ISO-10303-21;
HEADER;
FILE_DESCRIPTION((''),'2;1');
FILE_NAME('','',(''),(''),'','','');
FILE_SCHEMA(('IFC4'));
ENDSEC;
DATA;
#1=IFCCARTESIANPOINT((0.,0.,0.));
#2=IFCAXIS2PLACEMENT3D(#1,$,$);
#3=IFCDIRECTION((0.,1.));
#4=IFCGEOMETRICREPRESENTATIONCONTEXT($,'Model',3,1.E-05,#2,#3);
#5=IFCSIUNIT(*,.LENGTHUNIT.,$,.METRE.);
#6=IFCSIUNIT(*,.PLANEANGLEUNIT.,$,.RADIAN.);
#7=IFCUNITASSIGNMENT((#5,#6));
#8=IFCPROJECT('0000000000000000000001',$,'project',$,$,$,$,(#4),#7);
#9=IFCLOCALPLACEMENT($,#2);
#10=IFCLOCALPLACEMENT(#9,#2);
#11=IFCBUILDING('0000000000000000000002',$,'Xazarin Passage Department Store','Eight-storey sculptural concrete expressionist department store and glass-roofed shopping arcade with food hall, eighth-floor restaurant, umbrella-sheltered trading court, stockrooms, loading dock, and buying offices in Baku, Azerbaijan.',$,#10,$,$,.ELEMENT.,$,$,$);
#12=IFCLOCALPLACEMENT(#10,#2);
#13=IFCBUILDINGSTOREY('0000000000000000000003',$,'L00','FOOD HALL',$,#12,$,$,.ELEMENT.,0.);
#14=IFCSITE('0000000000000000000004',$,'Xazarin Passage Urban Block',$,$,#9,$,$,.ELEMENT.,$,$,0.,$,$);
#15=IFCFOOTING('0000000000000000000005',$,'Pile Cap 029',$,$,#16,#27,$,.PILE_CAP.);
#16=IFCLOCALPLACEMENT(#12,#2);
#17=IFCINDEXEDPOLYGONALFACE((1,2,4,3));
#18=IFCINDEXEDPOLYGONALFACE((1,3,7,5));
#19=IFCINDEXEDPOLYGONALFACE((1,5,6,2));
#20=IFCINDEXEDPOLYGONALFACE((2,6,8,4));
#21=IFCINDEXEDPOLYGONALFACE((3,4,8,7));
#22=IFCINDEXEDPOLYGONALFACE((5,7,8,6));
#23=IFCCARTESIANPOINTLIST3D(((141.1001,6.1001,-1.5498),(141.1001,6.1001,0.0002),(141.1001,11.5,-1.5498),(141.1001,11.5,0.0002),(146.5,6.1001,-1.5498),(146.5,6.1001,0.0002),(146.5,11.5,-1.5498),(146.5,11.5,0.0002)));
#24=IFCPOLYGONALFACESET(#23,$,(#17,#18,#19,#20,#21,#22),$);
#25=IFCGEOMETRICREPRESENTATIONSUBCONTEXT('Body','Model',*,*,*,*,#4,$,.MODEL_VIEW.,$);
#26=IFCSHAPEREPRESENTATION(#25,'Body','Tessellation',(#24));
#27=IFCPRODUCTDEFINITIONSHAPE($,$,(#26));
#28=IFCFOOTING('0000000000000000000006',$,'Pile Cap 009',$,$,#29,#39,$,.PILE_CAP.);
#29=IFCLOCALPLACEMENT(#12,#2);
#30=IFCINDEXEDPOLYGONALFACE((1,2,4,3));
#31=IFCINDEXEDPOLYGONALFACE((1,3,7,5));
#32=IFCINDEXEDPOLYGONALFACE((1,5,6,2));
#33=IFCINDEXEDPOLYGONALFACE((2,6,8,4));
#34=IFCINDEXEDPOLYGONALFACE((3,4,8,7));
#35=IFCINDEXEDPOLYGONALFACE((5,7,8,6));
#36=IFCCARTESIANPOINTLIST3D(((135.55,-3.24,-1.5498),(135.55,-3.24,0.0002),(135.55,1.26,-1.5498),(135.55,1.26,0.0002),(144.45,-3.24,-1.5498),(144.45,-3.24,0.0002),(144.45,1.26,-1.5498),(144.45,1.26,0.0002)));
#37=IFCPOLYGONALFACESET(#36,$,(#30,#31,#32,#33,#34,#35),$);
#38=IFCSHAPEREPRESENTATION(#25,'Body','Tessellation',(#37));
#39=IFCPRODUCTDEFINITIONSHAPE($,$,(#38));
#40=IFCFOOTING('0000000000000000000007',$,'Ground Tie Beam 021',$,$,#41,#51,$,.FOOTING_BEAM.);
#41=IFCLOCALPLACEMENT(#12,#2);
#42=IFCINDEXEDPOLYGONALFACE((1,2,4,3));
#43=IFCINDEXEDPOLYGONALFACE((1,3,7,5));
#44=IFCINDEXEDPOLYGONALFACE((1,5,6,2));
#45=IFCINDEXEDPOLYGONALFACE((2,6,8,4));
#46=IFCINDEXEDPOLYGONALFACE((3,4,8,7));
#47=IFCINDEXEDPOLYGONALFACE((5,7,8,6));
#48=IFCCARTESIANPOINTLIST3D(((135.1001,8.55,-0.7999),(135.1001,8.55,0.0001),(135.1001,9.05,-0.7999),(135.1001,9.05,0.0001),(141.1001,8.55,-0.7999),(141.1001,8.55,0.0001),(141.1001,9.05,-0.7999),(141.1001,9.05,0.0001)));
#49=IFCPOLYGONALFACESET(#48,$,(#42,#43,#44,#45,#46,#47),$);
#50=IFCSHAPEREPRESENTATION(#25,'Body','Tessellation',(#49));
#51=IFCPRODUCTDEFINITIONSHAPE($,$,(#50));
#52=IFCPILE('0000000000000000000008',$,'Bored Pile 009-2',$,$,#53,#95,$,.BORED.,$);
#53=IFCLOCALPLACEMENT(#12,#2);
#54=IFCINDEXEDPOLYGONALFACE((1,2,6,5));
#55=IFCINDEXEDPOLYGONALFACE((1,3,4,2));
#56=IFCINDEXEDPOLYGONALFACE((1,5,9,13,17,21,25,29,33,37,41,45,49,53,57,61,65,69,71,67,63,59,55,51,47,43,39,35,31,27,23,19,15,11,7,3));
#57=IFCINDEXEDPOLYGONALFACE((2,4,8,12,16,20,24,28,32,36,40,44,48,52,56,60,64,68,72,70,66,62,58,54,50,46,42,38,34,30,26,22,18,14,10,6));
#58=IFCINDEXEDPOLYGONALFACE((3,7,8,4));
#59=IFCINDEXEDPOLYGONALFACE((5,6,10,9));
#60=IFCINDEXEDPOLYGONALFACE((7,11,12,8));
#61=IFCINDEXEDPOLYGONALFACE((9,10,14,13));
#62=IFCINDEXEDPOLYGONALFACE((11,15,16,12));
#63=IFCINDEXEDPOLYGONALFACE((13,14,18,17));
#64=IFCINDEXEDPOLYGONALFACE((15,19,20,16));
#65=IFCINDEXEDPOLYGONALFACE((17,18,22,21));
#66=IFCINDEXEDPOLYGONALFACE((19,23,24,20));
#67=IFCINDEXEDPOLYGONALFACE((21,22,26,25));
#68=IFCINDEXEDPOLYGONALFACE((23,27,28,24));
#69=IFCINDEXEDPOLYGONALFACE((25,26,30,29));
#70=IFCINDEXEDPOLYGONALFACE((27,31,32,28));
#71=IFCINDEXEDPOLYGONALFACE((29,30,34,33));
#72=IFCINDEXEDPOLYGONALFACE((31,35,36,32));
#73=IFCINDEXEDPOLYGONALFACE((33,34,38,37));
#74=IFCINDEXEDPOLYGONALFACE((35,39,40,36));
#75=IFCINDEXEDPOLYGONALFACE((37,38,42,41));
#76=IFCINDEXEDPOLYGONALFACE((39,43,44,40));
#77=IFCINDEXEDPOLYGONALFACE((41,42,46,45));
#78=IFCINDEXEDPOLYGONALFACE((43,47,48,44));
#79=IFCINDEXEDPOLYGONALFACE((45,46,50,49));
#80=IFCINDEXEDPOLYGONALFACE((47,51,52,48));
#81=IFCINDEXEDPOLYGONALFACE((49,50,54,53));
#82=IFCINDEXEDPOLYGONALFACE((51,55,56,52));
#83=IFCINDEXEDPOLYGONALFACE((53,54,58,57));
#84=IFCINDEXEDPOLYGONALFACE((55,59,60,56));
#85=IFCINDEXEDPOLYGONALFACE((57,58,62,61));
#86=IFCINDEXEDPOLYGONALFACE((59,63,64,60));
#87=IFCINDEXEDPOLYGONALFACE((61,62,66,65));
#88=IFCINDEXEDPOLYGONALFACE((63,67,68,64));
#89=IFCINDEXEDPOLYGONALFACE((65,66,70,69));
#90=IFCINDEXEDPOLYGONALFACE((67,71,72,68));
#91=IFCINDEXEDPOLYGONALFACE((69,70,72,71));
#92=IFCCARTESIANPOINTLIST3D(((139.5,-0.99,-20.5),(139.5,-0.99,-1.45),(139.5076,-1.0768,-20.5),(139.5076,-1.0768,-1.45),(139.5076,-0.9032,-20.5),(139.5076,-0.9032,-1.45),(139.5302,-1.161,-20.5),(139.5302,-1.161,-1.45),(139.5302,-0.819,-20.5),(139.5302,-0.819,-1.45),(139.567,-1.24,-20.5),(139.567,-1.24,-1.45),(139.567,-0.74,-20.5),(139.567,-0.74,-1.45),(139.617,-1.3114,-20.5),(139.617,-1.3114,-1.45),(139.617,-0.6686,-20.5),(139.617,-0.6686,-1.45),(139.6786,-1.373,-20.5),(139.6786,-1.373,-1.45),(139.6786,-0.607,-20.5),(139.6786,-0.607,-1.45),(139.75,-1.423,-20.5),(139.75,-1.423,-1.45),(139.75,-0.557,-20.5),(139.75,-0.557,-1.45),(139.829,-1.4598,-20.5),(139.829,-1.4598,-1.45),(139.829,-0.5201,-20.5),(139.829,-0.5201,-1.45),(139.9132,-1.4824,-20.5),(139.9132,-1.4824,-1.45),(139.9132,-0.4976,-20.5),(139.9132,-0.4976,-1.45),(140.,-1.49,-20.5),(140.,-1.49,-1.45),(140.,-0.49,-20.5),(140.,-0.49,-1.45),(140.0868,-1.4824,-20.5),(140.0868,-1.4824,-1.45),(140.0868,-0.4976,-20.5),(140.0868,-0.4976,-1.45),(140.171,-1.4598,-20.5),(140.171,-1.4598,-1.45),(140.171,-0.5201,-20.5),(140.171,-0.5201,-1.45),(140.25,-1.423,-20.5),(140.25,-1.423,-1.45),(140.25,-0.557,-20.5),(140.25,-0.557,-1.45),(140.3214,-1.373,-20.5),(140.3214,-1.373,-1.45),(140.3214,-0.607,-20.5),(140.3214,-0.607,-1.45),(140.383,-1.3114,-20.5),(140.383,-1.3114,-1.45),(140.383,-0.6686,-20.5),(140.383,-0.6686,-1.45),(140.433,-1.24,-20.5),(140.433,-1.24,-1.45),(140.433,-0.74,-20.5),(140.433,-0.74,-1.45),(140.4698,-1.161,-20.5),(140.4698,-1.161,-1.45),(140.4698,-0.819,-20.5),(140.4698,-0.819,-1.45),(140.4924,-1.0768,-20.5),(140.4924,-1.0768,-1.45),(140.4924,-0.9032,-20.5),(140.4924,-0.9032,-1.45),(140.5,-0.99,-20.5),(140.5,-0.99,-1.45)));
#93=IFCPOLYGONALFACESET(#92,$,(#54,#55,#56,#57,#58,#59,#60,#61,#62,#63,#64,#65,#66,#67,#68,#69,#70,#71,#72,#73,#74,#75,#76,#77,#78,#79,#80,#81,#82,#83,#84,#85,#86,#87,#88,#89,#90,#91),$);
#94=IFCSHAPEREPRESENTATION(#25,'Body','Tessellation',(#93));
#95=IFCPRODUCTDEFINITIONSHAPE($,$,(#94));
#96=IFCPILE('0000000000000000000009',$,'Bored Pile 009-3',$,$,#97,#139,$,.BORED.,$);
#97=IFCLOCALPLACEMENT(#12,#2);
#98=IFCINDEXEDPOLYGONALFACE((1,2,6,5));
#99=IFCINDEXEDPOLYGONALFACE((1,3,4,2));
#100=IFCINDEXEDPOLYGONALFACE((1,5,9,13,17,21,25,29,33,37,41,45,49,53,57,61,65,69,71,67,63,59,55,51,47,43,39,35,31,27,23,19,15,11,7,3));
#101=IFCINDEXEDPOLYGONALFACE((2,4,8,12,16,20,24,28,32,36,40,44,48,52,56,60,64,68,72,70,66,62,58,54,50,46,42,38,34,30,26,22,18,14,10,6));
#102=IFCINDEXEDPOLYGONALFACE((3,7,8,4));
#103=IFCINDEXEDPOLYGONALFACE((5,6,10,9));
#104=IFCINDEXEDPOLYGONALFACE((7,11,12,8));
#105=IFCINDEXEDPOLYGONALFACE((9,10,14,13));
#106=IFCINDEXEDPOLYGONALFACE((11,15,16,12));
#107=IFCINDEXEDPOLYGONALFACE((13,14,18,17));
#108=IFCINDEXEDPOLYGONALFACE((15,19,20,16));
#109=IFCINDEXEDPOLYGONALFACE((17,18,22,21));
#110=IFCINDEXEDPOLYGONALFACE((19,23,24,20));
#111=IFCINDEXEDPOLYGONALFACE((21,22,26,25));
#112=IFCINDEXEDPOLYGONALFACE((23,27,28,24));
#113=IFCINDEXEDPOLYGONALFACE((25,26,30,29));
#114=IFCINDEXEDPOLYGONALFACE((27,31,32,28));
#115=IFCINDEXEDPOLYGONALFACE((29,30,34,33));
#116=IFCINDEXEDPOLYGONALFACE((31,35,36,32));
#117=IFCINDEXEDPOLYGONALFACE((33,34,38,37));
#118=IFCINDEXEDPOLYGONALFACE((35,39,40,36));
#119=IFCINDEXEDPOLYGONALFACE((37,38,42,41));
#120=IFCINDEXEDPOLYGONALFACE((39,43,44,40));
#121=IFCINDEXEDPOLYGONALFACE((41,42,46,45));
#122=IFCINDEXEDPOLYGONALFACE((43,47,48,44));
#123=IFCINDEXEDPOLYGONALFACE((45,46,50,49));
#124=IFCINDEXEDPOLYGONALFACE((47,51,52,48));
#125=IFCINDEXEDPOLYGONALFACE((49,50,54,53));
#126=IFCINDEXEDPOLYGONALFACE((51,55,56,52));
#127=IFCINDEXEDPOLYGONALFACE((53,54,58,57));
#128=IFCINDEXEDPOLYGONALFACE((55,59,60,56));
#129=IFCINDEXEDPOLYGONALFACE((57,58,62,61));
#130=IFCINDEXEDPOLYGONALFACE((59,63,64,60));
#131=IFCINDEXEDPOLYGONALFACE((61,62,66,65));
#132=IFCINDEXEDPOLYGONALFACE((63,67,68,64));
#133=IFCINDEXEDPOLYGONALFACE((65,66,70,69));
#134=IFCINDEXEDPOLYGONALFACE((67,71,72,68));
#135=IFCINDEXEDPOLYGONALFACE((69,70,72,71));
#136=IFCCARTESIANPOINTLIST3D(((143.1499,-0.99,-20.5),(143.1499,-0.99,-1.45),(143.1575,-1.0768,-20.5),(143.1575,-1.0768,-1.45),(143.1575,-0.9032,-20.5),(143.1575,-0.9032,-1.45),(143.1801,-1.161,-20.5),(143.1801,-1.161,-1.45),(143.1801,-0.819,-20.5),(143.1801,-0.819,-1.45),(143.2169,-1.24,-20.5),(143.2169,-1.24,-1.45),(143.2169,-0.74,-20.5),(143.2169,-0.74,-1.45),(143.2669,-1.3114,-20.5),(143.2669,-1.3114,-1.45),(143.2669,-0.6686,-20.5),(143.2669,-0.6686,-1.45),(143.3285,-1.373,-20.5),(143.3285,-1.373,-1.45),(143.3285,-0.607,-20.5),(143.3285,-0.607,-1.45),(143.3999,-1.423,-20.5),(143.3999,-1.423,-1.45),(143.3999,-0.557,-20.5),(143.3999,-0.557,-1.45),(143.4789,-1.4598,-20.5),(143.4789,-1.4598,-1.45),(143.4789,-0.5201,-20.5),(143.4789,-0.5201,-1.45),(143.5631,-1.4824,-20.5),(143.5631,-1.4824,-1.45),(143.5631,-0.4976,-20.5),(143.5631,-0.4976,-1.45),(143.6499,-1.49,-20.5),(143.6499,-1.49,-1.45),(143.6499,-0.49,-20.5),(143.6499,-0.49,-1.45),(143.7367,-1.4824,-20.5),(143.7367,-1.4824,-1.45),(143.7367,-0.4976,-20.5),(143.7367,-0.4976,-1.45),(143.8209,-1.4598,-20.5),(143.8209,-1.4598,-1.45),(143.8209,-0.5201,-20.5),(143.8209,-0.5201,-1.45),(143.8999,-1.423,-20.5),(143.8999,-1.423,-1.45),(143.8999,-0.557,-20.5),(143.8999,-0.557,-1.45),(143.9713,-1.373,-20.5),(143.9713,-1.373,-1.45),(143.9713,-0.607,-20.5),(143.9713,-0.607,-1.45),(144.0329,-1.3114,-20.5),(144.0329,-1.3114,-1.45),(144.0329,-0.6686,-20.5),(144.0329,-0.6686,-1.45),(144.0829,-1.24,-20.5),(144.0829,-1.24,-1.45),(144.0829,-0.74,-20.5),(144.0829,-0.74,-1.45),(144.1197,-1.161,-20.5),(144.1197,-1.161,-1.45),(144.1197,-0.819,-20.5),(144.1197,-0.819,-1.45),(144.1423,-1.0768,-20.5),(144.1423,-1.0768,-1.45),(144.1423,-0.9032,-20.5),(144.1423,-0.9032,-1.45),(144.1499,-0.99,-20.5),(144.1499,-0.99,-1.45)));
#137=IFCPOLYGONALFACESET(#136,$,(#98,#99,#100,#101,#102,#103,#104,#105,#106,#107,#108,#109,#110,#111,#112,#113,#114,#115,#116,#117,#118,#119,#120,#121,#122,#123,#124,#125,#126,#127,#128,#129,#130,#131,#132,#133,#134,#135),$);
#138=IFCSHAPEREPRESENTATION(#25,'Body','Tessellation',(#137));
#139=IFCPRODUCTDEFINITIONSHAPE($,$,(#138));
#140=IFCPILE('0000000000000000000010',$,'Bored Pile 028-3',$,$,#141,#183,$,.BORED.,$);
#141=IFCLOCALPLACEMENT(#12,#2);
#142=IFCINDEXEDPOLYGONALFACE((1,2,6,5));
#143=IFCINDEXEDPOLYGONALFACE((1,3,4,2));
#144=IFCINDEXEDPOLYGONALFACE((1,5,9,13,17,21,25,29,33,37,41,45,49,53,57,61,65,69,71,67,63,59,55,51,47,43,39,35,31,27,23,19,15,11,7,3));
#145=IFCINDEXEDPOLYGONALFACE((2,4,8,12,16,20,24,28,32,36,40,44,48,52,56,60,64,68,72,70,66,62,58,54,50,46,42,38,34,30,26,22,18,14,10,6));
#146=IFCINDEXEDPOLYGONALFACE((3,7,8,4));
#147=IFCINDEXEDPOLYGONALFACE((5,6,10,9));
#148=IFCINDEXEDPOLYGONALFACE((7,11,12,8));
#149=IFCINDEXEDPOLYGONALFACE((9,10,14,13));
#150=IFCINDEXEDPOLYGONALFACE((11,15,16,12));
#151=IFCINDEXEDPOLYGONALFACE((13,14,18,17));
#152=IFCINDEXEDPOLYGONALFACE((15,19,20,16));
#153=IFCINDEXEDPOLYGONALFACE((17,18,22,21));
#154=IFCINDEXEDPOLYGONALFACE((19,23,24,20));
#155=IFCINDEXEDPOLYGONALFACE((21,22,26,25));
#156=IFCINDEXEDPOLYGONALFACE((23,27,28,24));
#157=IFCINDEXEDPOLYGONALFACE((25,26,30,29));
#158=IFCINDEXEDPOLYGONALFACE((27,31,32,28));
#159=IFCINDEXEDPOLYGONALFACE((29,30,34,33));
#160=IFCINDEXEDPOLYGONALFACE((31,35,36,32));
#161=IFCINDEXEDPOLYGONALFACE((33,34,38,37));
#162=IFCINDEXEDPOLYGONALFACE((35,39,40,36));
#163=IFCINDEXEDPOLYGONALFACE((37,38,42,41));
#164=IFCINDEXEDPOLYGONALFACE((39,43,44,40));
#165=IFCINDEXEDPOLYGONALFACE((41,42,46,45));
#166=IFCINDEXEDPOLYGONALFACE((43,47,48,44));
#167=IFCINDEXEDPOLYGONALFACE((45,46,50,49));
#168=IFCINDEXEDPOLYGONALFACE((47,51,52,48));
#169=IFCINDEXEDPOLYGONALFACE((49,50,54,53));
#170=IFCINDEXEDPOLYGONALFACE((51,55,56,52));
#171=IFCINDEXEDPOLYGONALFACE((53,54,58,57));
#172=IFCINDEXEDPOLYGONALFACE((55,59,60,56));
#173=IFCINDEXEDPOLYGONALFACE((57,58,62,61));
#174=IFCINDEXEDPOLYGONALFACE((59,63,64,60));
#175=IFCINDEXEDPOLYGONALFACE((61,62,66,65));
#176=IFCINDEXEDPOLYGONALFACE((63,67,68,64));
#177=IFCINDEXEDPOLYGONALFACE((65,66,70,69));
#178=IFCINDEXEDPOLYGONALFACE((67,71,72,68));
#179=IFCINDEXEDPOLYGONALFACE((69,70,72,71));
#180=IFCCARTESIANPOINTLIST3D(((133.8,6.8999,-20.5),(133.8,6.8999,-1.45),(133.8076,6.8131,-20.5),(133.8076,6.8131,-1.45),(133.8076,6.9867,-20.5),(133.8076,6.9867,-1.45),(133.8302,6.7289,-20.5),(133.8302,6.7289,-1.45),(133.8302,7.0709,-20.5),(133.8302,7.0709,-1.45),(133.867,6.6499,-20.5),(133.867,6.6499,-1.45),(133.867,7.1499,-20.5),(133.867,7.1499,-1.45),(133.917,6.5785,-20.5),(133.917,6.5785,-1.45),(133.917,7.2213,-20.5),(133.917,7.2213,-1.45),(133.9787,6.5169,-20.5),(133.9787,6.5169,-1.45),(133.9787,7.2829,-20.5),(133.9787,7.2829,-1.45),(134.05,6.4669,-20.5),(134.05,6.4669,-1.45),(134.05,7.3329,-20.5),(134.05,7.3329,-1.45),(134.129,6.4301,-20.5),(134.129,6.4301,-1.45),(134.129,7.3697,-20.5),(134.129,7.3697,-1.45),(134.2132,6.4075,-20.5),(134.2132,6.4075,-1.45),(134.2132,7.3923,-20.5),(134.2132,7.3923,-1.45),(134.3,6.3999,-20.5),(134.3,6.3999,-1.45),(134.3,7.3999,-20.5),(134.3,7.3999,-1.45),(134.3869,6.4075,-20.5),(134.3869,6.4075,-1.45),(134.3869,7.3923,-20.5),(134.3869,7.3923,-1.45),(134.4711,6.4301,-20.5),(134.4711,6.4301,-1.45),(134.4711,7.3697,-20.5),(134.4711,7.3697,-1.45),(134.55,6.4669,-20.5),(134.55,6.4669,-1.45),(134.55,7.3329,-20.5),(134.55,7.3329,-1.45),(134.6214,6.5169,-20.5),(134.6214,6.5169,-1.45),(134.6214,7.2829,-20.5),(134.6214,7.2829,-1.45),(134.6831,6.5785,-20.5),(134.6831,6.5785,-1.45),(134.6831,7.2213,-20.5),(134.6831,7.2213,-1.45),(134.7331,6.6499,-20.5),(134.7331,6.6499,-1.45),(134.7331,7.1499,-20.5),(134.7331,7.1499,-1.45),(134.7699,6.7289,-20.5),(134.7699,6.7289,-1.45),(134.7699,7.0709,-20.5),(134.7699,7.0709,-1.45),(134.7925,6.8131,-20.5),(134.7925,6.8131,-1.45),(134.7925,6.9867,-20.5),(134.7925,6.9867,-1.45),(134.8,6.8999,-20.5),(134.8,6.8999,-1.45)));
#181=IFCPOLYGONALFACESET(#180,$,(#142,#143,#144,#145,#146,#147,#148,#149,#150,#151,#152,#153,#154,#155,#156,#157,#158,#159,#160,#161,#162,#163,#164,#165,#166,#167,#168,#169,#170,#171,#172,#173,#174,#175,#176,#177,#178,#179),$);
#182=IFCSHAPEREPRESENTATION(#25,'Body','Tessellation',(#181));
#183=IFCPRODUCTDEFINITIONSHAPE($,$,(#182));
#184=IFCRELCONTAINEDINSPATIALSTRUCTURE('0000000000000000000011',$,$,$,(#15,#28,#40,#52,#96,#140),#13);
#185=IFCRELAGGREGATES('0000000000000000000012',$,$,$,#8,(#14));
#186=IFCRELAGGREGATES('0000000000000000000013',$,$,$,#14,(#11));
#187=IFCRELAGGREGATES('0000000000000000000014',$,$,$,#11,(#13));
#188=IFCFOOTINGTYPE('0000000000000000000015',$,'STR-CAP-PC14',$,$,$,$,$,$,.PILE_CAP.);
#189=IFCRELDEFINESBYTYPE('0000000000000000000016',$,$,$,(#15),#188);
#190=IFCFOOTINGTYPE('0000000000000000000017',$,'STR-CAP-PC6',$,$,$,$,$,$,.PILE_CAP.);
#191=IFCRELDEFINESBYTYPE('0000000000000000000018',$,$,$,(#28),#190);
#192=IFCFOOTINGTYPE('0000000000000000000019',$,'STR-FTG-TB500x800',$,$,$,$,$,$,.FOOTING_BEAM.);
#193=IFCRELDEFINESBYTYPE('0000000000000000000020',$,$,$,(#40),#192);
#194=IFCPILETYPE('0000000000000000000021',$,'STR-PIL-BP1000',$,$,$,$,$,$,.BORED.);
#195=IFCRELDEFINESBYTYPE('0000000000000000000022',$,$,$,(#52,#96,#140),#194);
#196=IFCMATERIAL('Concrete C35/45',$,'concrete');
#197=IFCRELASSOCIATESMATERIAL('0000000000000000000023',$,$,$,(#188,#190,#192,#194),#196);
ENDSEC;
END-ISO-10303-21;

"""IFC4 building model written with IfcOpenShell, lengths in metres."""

from ifc_helpers import new_model, si_unit, direction, frame, origin, origin_2d, place, context, subcontext, project, spatial, rectangle, circle, extrude, material, material_profile, profile_set, type_object, element, save


model = new_model("IFC4")

# Units and contexts
model_context = context("Model", 3, precision=1e-05, world=origin(), true_north=direction((0.0, 1.0)))
body_context = subcontext(model_context, "Body", "Model", "MODEL_VIEW")
ifc_project = project(units=[si_unit("LENGTHUNIT", "METRE"), si_unit("PLANEANGLEUNIT", "RADIAN")], contexts=[model_context])

# Site, building, storey
site_placement = place(None, origin())
site = spatial("IfcSite", under=ifc_project, at=site_placement, Name="Xazarin Passage Urban Block", CompositionType="ELEMENT", RefElevation=0.0)
building_placement = place(site_placement, origin())
building = spatial("IfcBuilding", under=site, at=building_placement, Name="Xazarin Passage Department Store", Description="Eight-storey sculptural concrete expressionist department store and glass-roofed shopping arcade with food hall, eighth-floor restaurant, umbrella-sheltered trading court, stockrooms, loading dock, and buying offices in Baku, Azerbaijan.", CompositionType="ELEMENT")
storey_placement = place(building_placement, origin())
storey = spatial("IfcBuildingStorey", under=building, at=storey_placement, Name="L00", Description="FOOD HALL", CompositionType="ELEMENT", Elevation=0.0)

# Footings
ifc_material_1 = material(Name="Concrete C35/45", Category="concrete")
footing_type_1 = type_object("IfcFootingType", Name="STR-CAP-PC14", PredefinedType="PILE_CAP", material=ifc_material_1)
footing_1_placement = place(storey_placement, frame((143.8, 8.8, -1.5498), z_axis=(0.0, 0.0, 1.0), x_axis=(1.0, 0.0, 0.0)))
element("IfcFooting", 1, at=footing_1_placement, inside=storey, type_object=footing_type_1, Name="Pile Cap 029", PredefinedType="PILE_CAP", context=body_context, shape_type="SweptSolid", body=[
    extrude(rectangle(XDim=5.3999, YDim=5.3999, at=origin_2d()), origin(), (0.0, 0.0, 1.0), 1.55),
])
footing_type_2 = type_object("IfcFootingType", Name="STR-CAP-PC6", PredefinedType="PILE_CAP", material=ifc_material_1)
footing_2_placement = place(storey_placement, frame((140.0, -0.99, -1.5498), z_axis=(0.0, 0.0, 1.0), x_axis=(1.0, 0.0, 0.0)))
element("IfcFooting", 2, at=footing_2_placement, inside=storey, type_object=footing_type_2, Name="Pile Cap 009", PredefinedType="PILE_CAP", context=body_context, shape_type="SweptSolid", body=[
    extrude(rectangle(XDim=8.8999, YDim=4.5, at=origin_2d()), origin(), (0.0, 0.0, 1.0), 1.55),
])
ifc_material_profile_1 = material_profile(ifc_material_1, rectangle(XDim=0.5, YDim=0.8, at=origin_2d()), Name="RC 500x800")
ifc_profile_set_1 = profile_set([ifc_material_profile_1], Name="Concrete C35/45")
footing_type_3 = type_object("IfcFootingType", Name="STR-FTG-TB500x800", PredefinedType="FOOTING_BEAM", material=ifc_profile_set_1)
footing_3_placement = place(storey_placement, frame((135.1001, 8.8, -0.3999), z_axis=(1.0, 0.0, 0.0), x_axis=(0.0, 1.0, 0.0)))
element("IfcFooting", 3, at=footing_3_placement, inside=storey, type_object=footing_type_3, Name="Ground Tie Beam 021", PredefinedType="FOOTING_BEAM", context=body_context, shape_type="SweptSolid", body=[
    extrude(rectangle(XDim=0.5, YDim=0.8, at=origin_2d()), origin(), (0.0, 0.0, 1.0), 6.0),
])

# Piles
ifc_material_profile_2 = material_profile(ifc_material_1, circle(Radius=0.5, at=origin_2d()), Name="BP 1000")
ifc_profile_set_2 = profile_set([ifc_material_profile_2], Name="Concrete C35/45")
pile_type_1 = type_object("IfcPileType", Name="STR-PIL-BP1000", PredefinedType="BORED", material=ifc_profile_set_2)
for number, where, z_axis, x_axis, name in (
    (4, (140.0, -0.99, -1.45), (0.0, 0.0, -1.0), (1.0, 0.0, 0.0), "Bored Pile 009-2"),
    (5, (143.6499, -0.99, -1.45), (0.0, 0.0, -1.0), (1.0, 0.0, 0.0), "Bored Pile 009-3"),
    (6, (134.3, 6.8999, -1.45), (0.0, 0.0, -1.0), (1.0, 0.0, 0.0), "Bored Pile 028-3"),
):
    element("IfcPile", number, at=place(storey_placement, frame(where, z_axis=z_axis, x_axis=x_axis)), inside=storey, type_object=pile_type_1, Name=name, PredefinedType="BORED", context=body_context, shape_type="SweptSolid", body=[
        extrude(circle(Radius=0.5, at=origin_2d()), origin(), (0.0, 0.0, 1.0), 19.05),
    ])

save(model, "model.ifc")
